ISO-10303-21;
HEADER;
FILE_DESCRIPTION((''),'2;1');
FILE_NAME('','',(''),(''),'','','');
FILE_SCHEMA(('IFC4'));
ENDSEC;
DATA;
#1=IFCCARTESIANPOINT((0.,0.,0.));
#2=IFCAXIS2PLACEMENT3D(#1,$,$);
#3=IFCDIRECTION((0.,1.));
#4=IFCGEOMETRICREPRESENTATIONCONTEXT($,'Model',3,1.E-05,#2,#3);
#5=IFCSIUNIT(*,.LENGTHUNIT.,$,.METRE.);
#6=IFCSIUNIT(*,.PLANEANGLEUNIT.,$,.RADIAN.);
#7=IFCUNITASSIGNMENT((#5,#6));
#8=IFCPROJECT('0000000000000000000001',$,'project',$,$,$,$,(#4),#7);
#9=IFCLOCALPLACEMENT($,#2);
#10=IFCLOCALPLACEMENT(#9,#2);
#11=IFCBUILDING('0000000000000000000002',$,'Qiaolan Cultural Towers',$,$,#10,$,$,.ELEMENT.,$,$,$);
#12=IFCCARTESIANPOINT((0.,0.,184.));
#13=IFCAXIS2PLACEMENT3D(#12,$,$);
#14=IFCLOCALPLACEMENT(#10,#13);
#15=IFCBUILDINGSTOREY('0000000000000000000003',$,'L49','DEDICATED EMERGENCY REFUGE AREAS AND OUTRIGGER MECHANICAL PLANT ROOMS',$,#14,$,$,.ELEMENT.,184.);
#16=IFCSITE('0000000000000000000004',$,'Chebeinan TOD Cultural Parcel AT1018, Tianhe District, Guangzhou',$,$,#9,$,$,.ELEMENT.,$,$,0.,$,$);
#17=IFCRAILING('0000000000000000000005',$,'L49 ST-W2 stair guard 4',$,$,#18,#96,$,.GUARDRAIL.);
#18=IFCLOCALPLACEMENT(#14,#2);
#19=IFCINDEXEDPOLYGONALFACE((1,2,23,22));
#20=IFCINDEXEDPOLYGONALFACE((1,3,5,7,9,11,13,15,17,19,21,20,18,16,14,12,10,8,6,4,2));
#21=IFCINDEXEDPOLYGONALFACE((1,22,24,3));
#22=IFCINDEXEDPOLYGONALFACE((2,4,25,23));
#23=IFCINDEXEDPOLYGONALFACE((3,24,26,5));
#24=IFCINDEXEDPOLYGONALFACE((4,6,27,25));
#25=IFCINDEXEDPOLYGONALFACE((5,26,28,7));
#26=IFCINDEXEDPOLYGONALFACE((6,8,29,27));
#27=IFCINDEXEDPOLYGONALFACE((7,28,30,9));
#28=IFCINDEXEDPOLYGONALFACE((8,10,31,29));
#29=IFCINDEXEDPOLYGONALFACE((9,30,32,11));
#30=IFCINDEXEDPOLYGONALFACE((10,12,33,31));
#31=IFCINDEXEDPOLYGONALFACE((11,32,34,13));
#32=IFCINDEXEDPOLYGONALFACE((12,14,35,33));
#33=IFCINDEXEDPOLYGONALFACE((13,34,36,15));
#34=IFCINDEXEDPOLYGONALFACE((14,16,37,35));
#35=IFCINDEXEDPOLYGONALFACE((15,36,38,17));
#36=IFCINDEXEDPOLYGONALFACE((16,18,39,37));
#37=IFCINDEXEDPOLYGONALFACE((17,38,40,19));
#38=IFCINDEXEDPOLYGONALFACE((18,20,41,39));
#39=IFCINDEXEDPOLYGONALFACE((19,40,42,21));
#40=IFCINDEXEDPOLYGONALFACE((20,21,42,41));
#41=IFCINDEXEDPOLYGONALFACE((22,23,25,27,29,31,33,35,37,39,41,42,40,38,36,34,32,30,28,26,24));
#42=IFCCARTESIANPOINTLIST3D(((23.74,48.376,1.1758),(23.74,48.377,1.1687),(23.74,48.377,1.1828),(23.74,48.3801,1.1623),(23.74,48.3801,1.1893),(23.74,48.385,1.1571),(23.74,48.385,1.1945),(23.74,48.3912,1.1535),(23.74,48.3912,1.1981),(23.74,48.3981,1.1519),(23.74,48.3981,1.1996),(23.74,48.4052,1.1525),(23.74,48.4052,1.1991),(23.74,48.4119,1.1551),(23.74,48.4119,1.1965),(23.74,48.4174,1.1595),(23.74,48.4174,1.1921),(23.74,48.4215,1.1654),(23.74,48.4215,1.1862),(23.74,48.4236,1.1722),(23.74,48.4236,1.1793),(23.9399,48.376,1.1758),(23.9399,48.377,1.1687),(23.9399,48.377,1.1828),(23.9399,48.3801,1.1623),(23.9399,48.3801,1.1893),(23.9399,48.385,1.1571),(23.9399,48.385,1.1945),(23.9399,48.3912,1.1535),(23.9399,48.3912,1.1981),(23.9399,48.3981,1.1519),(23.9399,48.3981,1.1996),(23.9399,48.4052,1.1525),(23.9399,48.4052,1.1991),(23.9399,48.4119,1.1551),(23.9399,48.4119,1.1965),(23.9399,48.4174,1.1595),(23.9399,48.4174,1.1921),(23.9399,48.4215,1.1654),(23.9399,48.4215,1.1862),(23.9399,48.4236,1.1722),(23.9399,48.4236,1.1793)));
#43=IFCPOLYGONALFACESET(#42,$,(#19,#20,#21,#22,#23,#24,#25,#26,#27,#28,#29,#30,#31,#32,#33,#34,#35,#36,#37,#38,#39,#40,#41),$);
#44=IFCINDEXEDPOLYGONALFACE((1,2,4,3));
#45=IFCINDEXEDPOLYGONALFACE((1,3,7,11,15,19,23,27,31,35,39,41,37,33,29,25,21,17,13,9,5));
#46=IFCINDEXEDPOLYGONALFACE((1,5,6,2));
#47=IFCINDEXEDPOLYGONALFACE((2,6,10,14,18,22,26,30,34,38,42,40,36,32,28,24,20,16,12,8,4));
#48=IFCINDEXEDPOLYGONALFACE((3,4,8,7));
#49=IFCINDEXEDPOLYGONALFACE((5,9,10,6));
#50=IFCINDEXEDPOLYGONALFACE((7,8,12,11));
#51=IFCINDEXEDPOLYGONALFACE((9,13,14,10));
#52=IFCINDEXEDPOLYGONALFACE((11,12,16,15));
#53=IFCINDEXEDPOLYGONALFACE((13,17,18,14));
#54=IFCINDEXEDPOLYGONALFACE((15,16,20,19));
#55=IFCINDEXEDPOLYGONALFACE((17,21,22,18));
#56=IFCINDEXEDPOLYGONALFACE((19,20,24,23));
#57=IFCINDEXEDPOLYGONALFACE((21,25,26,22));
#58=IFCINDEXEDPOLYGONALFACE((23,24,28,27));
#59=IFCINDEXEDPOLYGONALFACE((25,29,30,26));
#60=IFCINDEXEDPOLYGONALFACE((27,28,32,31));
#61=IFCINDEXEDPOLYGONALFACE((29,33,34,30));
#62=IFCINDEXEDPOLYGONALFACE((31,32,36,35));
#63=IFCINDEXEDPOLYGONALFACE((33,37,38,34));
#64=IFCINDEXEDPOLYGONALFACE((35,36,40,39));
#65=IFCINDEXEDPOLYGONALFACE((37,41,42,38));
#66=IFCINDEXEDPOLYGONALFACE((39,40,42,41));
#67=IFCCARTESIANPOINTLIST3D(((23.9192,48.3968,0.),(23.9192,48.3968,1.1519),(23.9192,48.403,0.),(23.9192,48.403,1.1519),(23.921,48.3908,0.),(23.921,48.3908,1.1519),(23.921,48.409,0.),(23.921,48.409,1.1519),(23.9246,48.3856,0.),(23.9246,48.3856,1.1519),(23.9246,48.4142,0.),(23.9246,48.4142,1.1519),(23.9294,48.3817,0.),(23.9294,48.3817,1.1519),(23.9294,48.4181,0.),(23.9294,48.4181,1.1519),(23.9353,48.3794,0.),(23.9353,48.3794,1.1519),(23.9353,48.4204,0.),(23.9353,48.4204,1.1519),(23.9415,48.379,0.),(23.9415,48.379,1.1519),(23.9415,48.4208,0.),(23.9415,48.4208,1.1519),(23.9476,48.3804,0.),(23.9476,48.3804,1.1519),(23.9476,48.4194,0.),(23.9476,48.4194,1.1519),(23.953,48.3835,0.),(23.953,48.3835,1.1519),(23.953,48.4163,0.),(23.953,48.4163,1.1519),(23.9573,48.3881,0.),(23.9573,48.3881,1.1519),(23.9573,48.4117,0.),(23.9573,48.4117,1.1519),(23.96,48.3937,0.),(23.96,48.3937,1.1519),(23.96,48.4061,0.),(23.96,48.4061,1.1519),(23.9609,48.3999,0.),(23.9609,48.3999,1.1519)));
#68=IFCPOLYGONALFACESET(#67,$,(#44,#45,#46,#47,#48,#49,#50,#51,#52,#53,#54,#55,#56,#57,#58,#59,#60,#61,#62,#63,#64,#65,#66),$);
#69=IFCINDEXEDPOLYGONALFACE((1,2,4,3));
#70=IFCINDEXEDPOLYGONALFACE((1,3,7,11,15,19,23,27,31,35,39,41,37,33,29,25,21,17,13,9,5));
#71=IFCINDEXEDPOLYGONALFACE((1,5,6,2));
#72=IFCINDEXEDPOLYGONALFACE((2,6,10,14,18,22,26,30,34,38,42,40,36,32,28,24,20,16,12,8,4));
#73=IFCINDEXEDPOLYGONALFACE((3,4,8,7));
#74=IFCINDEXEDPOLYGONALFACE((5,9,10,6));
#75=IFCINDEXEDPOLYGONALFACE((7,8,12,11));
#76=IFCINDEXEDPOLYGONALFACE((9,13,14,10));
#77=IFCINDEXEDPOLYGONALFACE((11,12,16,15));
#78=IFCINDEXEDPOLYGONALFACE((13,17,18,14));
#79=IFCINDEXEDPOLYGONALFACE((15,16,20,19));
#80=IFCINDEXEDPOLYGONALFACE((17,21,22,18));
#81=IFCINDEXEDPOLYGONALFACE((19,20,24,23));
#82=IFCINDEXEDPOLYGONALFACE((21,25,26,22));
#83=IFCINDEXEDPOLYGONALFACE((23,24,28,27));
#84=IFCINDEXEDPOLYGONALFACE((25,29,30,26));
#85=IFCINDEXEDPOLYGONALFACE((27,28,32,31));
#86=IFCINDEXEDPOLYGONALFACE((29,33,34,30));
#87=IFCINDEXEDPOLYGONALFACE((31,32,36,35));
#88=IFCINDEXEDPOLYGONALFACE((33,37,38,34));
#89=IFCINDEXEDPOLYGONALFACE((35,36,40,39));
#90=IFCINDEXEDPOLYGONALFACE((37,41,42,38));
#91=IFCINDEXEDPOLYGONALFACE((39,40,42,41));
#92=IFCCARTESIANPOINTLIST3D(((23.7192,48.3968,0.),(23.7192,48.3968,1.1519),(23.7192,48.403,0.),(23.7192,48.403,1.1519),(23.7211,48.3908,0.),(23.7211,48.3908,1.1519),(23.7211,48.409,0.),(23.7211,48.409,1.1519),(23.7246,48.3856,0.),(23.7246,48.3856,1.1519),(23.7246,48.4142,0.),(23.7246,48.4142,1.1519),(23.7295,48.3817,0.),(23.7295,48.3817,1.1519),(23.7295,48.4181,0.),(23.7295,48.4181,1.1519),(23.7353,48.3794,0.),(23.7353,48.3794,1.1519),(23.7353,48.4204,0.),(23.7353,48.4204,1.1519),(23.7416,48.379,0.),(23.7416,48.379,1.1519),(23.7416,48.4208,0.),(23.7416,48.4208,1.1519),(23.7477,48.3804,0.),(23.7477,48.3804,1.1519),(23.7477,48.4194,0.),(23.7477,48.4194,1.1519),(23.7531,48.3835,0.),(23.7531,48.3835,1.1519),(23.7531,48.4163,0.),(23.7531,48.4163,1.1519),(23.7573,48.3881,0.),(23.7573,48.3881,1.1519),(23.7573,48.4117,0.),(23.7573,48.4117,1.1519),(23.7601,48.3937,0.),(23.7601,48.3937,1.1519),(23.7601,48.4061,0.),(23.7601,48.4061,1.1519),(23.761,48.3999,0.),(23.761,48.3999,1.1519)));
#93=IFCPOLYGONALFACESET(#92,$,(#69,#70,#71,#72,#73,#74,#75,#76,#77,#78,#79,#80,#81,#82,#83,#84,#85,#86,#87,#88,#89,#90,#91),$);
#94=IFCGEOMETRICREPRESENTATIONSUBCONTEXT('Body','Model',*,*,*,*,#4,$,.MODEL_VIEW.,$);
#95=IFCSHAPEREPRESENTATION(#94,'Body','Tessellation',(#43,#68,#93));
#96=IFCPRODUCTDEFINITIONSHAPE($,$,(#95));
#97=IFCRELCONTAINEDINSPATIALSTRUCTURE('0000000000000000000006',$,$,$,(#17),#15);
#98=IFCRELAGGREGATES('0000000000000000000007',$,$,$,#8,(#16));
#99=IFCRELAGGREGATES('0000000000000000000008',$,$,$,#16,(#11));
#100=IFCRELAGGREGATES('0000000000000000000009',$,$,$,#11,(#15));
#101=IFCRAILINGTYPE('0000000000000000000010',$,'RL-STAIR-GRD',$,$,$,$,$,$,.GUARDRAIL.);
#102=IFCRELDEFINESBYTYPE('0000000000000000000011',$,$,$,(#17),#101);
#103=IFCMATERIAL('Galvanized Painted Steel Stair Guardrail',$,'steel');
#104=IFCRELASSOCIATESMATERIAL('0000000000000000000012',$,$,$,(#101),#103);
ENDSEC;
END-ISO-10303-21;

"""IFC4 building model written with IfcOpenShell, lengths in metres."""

from ifc_helpers import new_model, si_unit, direction, frame, origin, origin_2d, place, context, subcontext, project, spatial, circle, extrude, material, type_object, element, save


model = new_model("IFC4")

# Units and contexts
model_context = context("Model", 3, precision=1e-05, world=origin(), true_north=direction((0.0, 1.0)))
body_context = subcontext(model_context, "Body", "Model", "MODEL_VIEW")
ifc_project = project(units=[si_unit("LENGTHUNIT", "METRE"), si_unit("PLANEANGLEUNIT", "RADIAN")], contexts=[model_context])

# Site, building, storey
site_placement = place(None, origin())
site = spatial("IfcSite", under=ifc_project, at=site_placement, Name="Chebeinan TOD Cultural Parcel AT1018, Tianhe District, Guangzhou", CompositionType="ELEMENT", RefElevation=0.0)
building_placement = place(site_placement, origin())
building = spatial("IfcBuilding", under=site, at=building_placement, Name="Qiaolan Cultural Towers", CompositionType="ELEMENT")
storey_placement = place(building_placement, frame((0.0, 0.0, 184.0)))
storey = spatial("IfcBuildingStorey", under=building, at=storey_placement, Name="L49", Description="DEDICATED EMERGENCY REFUGE AREAS AND OUTRIGGER MECHANICAL PLANT ROOMS", CompositionType="ELEMENT", Elevation=184.0)

# Railing
ifc_material_1 = material(Name="Galvanized Painted Steel Stair Guardrail", Category="steel")
railing_type_1 = type_object("IfcRailingType", Name="RL-STAIR-GRD", PredefinedType="GUARDRAIL", material=ifc_material_1)
railing_1_placement = place(storey_placement, frame((23.9399, 48.3999, 0.0)))
element("IfcRailing", 1, at=railing_1_placement, inside=storey, type_object=railing_type_1, Name="L49 ST-W2 stair guard 4", PredefinedType="GUARDRAIL", context=body_context, shape_type="SweptSolid", body=[
    extrude(circle(Radius=0.0239, at=origin_2d()), frame((0.0, 0.0, 1.1758), z_axis=(-1.0, 0.0, 0.0), x_axis=(0.0, -1.0, 0.0)), (0.0, 0.0, 1.0), 0.2),
    extrude(circle(Radius=0.021, at=origin_2d()), origin(), (0.0, 0.0, 1.0), 1.1519),
    extrude(circle(Radius=0.021, at=origin_2d()), frame((-0.2, 0.0, 0.0)), (0.0, 0.0, 1.0), 1.1519),
])

save(model, "model.ifc")
